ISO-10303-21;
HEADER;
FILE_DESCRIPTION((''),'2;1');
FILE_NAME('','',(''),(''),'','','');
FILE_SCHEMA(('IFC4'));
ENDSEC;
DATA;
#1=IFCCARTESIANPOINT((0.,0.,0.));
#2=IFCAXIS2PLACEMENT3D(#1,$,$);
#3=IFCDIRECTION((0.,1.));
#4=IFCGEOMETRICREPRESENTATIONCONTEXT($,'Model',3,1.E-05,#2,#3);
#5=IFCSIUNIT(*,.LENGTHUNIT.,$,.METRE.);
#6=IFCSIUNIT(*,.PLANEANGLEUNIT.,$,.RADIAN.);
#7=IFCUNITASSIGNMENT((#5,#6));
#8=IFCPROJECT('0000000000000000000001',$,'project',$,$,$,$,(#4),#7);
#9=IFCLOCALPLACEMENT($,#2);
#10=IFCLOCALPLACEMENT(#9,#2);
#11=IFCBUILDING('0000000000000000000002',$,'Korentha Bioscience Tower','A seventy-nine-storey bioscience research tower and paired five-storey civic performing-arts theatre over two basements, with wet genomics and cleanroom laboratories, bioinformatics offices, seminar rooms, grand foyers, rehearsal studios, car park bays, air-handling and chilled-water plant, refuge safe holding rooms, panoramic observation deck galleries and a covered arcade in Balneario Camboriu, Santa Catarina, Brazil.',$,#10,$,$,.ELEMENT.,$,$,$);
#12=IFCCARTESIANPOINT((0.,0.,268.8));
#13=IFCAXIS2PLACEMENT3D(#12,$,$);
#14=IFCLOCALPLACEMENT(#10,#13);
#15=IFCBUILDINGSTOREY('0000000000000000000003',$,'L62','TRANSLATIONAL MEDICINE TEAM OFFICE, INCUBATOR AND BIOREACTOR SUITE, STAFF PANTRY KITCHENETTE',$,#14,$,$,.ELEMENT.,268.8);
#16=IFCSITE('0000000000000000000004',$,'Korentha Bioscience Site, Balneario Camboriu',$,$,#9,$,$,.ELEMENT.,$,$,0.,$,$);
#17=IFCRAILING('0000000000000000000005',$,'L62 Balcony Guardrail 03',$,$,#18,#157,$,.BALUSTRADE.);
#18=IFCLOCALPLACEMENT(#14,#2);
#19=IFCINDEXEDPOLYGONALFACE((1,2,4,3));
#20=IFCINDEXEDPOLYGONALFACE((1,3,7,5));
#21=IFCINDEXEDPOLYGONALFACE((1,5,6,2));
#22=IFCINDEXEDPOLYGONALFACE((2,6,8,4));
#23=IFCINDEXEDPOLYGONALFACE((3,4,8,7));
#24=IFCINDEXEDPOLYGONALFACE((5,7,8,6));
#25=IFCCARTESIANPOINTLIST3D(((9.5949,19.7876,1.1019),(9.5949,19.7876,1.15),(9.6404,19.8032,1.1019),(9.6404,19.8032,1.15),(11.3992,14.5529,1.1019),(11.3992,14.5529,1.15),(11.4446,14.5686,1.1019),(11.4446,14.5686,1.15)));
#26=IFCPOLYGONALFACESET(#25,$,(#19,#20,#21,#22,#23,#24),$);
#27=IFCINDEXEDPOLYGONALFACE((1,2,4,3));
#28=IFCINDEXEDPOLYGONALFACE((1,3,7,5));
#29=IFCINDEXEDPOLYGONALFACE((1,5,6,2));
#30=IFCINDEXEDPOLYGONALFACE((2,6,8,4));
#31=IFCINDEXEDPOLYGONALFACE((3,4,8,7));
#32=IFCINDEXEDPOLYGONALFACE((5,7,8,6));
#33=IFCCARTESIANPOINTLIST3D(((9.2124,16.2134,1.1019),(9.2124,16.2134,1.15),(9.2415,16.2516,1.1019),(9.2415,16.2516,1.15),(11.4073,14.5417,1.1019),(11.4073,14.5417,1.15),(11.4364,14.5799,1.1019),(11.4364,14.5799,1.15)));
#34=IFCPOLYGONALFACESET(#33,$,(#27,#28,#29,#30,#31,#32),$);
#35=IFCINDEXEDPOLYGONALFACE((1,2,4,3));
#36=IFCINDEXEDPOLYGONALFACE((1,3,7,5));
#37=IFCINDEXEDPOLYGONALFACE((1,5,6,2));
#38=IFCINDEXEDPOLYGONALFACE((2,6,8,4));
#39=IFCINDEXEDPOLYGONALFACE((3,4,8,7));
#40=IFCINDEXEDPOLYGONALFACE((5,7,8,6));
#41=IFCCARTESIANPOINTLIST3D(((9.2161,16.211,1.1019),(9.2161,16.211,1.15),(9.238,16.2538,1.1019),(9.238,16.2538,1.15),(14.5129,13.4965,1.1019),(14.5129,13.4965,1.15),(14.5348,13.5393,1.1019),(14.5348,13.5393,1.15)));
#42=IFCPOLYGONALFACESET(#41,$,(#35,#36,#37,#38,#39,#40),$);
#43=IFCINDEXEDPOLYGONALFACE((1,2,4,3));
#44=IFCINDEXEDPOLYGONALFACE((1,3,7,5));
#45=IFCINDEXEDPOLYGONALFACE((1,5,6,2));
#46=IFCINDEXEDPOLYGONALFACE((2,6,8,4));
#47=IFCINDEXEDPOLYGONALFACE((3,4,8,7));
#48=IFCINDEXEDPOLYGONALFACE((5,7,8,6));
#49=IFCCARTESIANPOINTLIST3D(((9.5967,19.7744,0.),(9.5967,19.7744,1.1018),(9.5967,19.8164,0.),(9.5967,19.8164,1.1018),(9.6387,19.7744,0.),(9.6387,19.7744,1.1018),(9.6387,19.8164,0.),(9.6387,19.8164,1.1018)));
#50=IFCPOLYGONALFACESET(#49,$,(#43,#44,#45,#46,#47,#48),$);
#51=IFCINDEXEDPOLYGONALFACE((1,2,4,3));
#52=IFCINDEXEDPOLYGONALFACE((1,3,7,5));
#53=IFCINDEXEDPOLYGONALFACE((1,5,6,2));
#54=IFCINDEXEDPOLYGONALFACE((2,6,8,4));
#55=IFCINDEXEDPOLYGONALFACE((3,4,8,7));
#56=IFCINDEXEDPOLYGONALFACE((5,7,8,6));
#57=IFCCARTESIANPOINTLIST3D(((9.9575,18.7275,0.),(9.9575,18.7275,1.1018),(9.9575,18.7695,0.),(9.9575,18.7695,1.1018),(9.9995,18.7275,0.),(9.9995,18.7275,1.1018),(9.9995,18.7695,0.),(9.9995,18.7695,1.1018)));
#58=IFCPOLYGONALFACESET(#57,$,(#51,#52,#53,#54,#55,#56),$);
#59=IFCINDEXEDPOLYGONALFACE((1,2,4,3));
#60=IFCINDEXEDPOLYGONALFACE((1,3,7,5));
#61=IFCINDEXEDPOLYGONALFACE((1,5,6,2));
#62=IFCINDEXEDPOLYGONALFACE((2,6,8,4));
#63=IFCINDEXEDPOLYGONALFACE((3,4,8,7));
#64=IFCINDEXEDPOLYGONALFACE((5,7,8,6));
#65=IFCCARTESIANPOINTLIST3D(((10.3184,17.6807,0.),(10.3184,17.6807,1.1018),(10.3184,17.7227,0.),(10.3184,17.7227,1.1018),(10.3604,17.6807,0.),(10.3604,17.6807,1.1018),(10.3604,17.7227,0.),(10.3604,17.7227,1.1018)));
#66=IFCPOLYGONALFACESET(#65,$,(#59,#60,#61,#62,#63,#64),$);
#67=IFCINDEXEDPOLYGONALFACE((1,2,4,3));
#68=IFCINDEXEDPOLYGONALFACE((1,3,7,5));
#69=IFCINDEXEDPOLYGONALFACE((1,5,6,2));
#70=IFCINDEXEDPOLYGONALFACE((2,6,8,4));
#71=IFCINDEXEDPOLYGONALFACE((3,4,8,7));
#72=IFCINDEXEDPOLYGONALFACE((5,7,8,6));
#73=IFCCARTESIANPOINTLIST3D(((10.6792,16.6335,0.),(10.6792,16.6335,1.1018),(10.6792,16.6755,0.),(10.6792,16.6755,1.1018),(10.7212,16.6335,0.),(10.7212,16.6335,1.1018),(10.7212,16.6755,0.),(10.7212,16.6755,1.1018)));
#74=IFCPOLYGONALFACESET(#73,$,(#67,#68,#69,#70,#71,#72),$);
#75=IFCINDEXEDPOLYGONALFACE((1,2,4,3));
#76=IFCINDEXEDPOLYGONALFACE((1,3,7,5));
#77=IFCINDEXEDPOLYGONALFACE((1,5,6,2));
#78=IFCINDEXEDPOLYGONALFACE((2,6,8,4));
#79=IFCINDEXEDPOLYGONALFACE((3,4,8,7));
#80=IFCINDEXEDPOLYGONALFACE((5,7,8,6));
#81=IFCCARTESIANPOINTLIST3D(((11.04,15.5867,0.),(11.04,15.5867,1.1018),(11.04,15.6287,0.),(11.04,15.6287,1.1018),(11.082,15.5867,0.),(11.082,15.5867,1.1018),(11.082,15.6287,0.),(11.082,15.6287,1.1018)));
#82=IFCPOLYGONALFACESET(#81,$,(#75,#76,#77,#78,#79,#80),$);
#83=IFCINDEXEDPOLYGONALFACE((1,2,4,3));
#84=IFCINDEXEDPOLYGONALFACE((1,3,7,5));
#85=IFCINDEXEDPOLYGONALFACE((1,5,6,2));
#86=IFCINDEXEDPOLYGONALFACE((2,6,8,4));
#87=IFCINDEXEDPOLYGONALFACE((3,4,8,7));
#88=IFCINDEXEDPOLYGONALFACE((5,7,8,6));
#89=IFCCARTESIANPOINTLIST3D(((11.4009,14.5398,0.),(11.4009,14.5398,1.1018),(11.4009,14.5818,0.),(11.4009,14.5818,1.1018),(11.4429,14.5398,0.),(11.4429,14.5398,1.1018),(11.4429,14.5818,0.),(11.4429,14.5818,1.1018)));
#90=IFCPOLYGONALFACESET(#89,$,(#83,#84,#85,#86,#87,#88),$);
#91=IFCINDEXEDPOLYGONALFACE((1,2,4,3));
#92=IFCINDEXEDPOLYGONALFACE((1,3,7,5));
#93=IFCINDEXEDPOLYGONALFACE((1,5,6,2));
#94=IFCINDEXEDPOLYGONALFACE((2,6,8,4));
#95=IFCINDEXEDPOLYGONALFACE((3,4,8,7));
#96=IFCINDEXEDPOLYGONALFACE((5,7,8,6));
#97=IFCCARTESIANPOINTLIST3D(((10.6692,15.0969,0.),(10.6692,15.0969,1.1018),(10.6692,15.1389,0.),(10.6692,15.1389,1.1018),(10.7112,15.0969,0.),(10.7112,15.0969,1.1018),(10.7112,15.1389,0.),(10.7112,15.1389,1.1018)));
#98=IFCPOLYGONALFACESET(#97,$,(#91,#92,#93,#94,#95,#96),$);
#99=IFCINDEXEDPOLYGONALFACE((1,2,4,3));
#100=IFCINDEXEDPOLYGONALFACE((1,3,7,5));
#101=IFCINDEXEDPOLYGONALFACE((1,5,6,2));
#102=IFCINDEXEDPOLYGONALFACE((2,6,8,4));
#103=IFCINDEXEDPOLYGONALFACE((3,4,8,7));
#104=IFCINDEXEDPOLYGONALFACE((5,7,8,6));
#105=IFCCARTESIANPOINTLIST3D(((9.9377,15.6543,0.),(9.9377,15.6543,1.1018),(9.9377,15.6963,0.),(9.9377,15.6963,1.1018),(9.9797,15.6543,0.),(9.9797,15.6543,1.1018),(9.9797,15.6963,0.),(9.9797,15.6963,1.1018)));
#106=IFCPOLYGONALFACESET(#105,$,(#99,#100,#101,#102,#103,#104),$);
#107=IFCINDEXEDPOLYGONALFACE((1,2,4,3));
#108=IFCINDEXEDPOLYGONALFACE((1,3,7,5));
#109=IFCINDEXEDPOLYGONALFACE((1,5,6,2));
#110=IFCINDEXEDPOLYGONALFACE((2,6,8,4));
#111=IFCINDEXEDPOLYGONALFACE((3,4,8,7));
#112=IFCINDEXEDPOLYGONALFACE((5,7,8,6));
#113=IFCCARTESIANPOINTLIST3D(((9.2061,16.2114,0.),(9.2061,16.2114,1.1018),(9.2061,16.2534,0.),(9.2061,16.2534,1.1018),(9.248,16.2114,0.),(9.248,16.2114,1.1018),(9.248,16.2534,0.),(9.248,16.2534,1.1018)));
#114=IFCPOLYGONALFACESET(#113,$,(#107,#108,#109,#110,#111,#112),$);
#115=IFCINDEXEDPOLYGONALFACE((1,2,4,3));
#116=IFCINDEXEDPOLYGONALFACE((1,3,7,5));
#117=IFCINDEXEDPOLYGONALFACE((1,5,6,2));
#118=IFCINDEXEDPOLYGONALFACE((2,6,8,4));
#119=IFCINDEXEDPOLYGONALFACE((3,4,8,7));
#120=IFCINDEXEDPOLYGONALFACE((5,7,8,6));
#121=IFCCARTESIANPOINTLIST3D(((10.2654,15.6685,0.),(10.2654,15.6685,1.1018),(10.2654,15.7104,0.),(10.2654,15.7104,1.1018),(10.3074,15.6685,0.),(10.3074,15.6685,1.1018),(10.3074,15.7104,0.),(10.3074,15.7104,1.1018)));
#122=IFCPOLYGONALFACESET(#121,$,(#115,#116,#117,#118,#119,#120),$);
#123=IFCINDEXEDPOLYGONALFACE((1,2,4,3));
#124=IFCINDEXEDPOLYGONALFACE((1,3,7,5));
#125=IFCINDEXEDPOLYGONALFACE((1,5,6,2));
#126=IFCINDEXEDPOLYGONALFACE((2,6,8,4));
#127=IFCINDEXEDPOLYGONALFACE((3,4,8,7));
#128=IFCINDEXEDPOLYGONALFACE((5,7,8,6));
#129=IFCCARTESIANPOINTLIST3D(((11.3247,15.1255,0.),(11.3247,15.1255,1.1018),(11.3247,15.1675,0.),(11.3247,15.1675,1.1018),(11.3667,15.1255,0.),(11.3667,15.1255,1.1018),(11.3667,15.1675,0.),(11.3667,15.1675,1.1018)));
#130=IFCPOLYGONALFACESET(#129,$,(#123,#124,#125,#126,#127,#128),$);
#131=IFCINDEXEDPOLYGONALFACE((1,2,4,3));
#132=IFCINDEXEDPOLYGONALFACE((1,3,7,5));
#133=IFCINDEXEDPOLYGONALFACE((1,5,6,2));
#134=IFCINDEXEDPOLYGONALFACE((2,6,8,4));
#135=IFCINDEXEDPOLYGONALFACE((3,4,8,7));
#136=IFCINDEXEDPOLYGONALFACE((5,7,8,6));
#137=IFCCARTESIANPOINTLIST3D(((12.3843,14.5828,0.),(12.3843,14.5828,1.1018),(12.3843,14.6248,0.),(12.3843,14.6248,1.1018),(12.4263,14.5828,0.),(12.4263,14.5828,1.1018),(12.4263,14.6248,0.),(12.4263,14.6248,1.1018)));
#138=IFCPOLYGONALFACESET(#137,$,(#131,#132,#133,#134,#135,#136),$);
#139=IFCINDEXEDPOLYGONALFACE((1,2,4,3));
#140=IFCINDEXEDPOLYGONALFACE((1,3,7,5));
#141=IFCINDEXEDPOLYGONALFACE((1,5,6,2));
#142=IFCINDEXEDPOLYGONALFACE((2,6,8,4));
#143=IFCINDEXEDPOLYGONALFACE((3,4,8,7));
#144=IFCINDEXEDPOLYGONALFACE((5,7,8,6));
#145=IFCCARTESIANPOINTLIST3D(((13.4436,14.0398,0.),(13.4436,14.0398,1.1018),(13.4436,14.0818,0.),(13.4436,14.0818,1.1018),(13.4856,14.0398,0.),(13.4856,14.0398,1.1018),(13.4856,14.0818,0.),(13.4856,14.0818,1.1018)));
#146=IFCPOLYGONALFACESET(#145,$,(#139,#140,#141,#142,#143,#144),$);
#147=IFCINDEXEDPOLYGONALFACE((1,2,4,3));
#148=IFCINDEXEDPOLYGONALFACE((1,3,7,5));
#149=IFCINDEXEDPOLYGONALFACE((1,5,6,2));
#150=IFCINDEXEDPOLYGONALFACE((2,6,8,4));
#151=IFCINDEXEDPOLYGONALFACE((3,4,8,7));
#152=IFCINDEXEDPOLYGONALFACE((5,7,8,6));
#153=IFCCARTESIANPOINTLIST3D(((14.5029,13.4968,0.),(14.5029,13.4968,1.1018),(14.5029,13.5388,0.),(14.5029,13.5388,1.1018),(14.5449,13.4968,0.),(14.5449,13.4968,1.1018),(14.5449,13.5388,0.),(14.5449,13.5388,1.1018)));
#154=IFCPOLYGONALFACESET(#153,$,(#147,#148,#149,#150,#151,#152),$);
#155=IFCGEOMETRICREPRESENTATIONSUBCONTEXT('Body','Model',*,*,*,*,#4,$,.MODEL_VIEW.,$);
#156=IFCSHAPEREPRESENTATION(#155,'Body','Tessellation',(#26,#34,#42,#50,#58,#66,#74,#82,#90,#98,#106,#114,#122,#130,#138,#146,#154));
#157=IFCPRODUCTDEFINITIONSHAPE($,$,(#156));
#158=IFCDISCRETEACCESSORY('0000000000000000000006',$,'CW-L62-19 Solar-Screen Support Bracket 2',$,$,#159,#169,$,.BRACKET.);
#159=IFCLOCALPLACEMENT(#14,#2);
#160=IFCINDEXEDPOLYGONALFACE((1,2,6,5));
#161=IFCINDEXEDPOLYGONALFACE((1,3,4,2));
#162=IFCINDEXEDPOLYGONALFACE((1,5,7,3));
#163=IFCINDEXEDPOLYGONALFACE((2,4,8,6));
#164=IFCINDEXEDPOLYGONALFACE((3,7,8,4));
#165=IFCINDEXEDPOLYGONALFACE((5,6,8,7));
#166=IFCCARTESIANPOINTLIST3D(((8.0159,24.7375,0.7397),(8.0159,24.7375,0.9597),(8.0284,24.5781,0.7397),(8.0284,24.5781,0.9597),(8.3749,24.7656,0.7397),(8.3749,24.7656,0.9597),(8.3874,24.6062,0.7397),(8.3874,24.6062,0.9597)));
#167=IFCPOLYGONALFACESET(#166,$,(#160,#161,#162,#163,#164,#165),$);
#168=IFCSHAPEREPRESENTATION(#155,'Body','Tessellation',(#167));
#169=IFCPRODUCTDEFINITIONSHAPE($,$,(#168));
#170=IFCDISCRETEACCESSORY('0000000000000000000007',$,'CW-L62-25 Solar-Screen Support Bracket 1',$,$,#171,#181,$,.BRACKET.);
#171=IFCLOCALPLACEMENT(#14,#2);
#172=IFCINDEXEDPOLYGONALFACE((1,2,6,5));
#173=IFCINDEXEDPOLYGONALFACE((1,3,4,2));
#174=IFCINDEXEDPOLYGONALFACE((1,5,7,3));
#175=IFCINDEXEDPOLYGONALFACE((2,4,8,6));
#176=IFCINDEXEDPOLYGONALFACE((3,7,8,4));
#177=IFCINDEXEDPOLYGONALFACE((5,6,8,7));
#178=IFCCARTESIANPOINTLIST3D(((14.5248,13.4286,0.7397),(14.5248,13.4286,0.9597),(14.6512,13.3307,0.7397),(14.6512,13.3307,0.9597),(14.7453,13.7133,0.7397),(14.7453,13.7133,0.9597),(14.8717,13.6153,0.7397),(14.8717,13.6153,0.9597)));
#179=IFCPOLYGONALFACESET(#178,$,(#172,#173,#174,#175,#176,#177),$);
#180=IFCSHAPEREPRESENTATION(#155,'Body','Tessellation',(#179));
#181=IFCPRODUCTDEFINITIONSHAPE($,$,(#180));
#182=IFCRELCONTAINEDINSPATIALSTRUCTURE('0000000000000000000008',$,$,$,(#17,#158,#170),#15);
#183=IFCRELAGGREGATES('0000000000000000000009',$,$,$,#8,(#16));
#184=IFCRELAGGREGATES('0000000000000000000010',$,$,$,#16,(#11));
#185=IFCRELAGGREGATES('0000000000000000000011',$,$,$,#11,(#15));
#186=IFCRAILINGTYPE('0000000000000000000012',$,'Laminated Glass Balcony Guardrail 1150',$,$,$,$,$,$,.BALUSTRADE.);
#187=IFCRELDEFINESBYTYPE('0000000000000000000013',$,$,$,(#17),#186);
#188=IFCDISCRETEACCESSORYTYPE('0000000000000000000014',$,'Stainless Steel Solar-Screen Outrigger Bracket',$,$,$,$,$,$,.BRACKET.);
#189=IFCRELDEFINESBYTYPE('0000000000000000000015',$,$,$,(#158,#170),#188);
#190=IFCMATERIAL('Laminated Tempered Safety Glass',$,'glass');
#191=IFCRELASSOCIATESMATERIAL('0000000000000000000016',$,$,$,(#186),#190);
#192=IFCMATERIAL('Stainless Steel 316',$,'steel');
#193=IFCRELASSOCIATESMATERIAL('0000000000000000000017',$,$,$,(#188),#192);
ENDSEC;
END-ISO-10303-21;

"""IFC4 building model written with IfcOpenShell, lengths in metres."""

from ifc_helpers import new_model, si_unit, direction, frame, origin, origin_2d, place, context, subcontext, project, spatial, rectangle, extrude, material, type_object, element, save


model = new_model("IFC4")

# Units and contexts
model_context = context("Model", 3, precision=1e-05, world=origin(), true_north=direction((0.0, 1.0)))
body_context = subcontext(model_context, "Body", "Model", "MODEL_VIEW")
ifc_project = project(units=[si_unit("LENGTHUNIT", "METRE"), si_unit("PLANEANGLEUNIT", "RADIAN")], contexts=[model_context])

# Site, building, storey
site_placement = place(None, origin())
site = spatial("IfcSite", under=ifc_project, at=site_placement, Name="Korentha Bioscience Site, Balneario Camboriu", CompositionType="ELEMENT", RefElevation=0.0)
building_placement = place(site_placement, origin())
building = spatial("IfcBuilding", under=site, at=building_placement, Name="Korentha Bioscience Tower", Description="A seventy-nine-storey bioscience research tower and paired five-storey civic performing-arts theatre over two basements, with wet genomics and cleanroom laboratories, bioinformatics offices, seminar rooms, grand foyers, rehearsal studios, car park bays, air-handling and chilled-water plant, refuge safe holding rooms, panoramic observation deck galleries and a covered arcade in Balneario Camboriu, Santa Catarina, Brazil.", CompositionType="ELEMENT")
storey_placement = place(building_placement, frame((0.0, 0.0, 268.8)))
storey = spatial("IfcBuildingStorey", under=building, at=storey_placement, Name="L62", Description="TRANSLATIONAL MEDICINE TEAM OFFICE, INCUBATOR AND BIOREACTOR SUITE, STAFF PANTRY KITCHENETTE", CompositionType="ELEMENT", Elevation=268.8)

# Railing
ifc_material_1 = material(Name="Laminated Tempered Safety Glass", Category="glass")
railing_type = type_object("IfcRailingType", Name="Laminated Glass Balcony Guardrail 1150", PredefinedType="BALUSTRADE", material=ifc_material_1)
railing_placement = place(storey_placement, frame((9.6177, 19.7954, 0.0)))
element("IfcRailing", 1, at=railing_placement, inside=storey, type_object=railing_type, Name="L62 Balcony Guardrail 03", PredefinedType="BALUSTRADE", context=body_context, shape_type="SweptSolid", body=[
    extrude(rectangle(XDim=0.0481, YDim=0.0481, at=origin_2d()), frame((0.0, 0.0, 1.126), z_axis=(0.325855, -0.94542, 0.0), x_axis=(0.94542, 0.325855, 0.0)), (0.0, 0.0, 1.0), 5.5369),
    extrude(rectangle(XDim=0.0481, YDim=0.0481, at=origin_2d()), frame((1.8042, -5.2346, 1.126), z_axis=(-0.795539, 0.605902, 0.0), x_axis=(-0.605902, -0.795539, 0.0)), (0.0, 0.0, 1.0), 2.759),
    extrude(rectangle(XDim=0.0481, YDim=0.0481, at=origin_2d()), frame((-0.3906, -3.563, 1.126), z_axis=(0.889937, -0.456084, 0.0), x_axis=(0.456084, 0.889937, 0.0)), (0.0, 0.0, 1.0), 5.9519),
    extrude(rectangle(XDim=0.042, YDim=0.042, at=origin_2d()), origin(), (0.0, 0.0, 1.0), 1.1018),
    extrude(rectangle(XDim=0.042, YDim=0.042, at=origin_2d()), frame((0.3608, -1.0469, 0.0)), (0.0, 0.0, 1.0), 1.1018),
    extrude(rectangle(XDim=0.042, YDim=0.042, at=origin_2d()), frame((0.7217, -2.0938, 0.0)), (0.0, 0.0, 1.0), 1.1018),
    extrude(rectangle(XDim=0.042, YDim=0.042, at=origin_2d()), frame((1.0825, -3.1409, 0.0)), (0.0, 0.0, 1.0), 1.1018),
    extrude(rectangle(XDim=0.042, YDim=0.042, at=origin_2d()), frame((1.4434, -4.1877, 0.0)), (0.0, 0.0, 1.0), 1.1018),
    extrude(rectangle(XDim=0.042, YDim=0.042, at=origin_2d()), frame((1.8042, -5.2346, 0.0)), (0.0, 0.0, 1.0), 1.1018),
    extrude(rectangle(XDim=0.042, YDim=0.042, at=origin_2d()), frame((1.0725, -4.6775, 0.0)), (0.0, 0.0, 1.0), 1.1018),
    extrude(rectangle(XDim=0.042, YDim=0.042, at=origin_2d()), frame((0.3411, -4.1201, 0.0)), (0.0, 0.0, 1.0), 1.1018),
    extrude(rectangle(XDim=0.042, YDim=0.042, at=origin_2d()), frame((-0.3906, -3.563, 0.0)), (0.0, 0.0, 1.0), 1.1018),
    extrude(rectangle(XDim=0.042, YDim=0.042, at=origin_2d()), frame((0.6687, -4.106, 0.0)), (0.0, 0.0, 1.0), 1.1018),
    extrude(rectangle(XDim=0.042, YDim=0.042, at=origin_2d()), frame((1.728, -4.6489, 0.0)), (0.0, 0.0, 1.0), 1.1018),
    extrude(rectangle(XDim=0.042, YDim=0.042, at=origin_2d()), frame((2.7876, -5.1917, 0.0)), (0.0, 0.0, 1.0), 1.1018),
    extrude(rectangle(XDim=0.042, YDim=0.042, at=origin_2d()), frame((3.8469, -5.7346, 0.0)), (0.0, 0.0, 1.0), 1.1018),
    extrude(rectangle(XDim=0.042, YDim=0.042, at=origin_2d()), frame((4.9062, -6.2776, 0.0)), (0.0, 0.0, 1.0), 1.1018),
])

# Discrete accessories
ifc_material_2 = material(Name="Stainless Steel 316", Category="steel")
discrete_accessory_type = type_object("IfcDiscreteAccessoryType", Name="Stainless Steel Solar-Screen Outrigger Bracket", PredefinedType="BRACKET", material=ifc_material_2)
for number, where, z_axis, x_axis, name in (
    (2, (8.2017, 24.6719, 0.7397), (0.0, 0.0, 1.0), (0.078035, -0.996951, 0.0), "CW-L62-19 Solar-Screen Support Bracket 2"),
    (3, (14.6982, 13.522, 0.7397), (0.0, 0.0, 1.0), (0.790488, -0.612478, 0.0), "CW-L62-25 Solar-Screen Support Bracket 1"),
):
    element("IfcDiscreteAccessory", number, at=place(storey_placement, frame(where, z_axis=z_axis, x_axis=x_axis)), inside=storey, type_object=discrete_accessory_type, Name=name, PredefinedType="BRACKET", context=body_context, shape_type="SweptSolid", body=[
        extrude(rectangle(XDim=0.1599, YDim=0.3601, at=origin_2d()), origin(), (0.0, 0.0, 1.0), 0.22),
    ])

save(model, "model.ifc")
